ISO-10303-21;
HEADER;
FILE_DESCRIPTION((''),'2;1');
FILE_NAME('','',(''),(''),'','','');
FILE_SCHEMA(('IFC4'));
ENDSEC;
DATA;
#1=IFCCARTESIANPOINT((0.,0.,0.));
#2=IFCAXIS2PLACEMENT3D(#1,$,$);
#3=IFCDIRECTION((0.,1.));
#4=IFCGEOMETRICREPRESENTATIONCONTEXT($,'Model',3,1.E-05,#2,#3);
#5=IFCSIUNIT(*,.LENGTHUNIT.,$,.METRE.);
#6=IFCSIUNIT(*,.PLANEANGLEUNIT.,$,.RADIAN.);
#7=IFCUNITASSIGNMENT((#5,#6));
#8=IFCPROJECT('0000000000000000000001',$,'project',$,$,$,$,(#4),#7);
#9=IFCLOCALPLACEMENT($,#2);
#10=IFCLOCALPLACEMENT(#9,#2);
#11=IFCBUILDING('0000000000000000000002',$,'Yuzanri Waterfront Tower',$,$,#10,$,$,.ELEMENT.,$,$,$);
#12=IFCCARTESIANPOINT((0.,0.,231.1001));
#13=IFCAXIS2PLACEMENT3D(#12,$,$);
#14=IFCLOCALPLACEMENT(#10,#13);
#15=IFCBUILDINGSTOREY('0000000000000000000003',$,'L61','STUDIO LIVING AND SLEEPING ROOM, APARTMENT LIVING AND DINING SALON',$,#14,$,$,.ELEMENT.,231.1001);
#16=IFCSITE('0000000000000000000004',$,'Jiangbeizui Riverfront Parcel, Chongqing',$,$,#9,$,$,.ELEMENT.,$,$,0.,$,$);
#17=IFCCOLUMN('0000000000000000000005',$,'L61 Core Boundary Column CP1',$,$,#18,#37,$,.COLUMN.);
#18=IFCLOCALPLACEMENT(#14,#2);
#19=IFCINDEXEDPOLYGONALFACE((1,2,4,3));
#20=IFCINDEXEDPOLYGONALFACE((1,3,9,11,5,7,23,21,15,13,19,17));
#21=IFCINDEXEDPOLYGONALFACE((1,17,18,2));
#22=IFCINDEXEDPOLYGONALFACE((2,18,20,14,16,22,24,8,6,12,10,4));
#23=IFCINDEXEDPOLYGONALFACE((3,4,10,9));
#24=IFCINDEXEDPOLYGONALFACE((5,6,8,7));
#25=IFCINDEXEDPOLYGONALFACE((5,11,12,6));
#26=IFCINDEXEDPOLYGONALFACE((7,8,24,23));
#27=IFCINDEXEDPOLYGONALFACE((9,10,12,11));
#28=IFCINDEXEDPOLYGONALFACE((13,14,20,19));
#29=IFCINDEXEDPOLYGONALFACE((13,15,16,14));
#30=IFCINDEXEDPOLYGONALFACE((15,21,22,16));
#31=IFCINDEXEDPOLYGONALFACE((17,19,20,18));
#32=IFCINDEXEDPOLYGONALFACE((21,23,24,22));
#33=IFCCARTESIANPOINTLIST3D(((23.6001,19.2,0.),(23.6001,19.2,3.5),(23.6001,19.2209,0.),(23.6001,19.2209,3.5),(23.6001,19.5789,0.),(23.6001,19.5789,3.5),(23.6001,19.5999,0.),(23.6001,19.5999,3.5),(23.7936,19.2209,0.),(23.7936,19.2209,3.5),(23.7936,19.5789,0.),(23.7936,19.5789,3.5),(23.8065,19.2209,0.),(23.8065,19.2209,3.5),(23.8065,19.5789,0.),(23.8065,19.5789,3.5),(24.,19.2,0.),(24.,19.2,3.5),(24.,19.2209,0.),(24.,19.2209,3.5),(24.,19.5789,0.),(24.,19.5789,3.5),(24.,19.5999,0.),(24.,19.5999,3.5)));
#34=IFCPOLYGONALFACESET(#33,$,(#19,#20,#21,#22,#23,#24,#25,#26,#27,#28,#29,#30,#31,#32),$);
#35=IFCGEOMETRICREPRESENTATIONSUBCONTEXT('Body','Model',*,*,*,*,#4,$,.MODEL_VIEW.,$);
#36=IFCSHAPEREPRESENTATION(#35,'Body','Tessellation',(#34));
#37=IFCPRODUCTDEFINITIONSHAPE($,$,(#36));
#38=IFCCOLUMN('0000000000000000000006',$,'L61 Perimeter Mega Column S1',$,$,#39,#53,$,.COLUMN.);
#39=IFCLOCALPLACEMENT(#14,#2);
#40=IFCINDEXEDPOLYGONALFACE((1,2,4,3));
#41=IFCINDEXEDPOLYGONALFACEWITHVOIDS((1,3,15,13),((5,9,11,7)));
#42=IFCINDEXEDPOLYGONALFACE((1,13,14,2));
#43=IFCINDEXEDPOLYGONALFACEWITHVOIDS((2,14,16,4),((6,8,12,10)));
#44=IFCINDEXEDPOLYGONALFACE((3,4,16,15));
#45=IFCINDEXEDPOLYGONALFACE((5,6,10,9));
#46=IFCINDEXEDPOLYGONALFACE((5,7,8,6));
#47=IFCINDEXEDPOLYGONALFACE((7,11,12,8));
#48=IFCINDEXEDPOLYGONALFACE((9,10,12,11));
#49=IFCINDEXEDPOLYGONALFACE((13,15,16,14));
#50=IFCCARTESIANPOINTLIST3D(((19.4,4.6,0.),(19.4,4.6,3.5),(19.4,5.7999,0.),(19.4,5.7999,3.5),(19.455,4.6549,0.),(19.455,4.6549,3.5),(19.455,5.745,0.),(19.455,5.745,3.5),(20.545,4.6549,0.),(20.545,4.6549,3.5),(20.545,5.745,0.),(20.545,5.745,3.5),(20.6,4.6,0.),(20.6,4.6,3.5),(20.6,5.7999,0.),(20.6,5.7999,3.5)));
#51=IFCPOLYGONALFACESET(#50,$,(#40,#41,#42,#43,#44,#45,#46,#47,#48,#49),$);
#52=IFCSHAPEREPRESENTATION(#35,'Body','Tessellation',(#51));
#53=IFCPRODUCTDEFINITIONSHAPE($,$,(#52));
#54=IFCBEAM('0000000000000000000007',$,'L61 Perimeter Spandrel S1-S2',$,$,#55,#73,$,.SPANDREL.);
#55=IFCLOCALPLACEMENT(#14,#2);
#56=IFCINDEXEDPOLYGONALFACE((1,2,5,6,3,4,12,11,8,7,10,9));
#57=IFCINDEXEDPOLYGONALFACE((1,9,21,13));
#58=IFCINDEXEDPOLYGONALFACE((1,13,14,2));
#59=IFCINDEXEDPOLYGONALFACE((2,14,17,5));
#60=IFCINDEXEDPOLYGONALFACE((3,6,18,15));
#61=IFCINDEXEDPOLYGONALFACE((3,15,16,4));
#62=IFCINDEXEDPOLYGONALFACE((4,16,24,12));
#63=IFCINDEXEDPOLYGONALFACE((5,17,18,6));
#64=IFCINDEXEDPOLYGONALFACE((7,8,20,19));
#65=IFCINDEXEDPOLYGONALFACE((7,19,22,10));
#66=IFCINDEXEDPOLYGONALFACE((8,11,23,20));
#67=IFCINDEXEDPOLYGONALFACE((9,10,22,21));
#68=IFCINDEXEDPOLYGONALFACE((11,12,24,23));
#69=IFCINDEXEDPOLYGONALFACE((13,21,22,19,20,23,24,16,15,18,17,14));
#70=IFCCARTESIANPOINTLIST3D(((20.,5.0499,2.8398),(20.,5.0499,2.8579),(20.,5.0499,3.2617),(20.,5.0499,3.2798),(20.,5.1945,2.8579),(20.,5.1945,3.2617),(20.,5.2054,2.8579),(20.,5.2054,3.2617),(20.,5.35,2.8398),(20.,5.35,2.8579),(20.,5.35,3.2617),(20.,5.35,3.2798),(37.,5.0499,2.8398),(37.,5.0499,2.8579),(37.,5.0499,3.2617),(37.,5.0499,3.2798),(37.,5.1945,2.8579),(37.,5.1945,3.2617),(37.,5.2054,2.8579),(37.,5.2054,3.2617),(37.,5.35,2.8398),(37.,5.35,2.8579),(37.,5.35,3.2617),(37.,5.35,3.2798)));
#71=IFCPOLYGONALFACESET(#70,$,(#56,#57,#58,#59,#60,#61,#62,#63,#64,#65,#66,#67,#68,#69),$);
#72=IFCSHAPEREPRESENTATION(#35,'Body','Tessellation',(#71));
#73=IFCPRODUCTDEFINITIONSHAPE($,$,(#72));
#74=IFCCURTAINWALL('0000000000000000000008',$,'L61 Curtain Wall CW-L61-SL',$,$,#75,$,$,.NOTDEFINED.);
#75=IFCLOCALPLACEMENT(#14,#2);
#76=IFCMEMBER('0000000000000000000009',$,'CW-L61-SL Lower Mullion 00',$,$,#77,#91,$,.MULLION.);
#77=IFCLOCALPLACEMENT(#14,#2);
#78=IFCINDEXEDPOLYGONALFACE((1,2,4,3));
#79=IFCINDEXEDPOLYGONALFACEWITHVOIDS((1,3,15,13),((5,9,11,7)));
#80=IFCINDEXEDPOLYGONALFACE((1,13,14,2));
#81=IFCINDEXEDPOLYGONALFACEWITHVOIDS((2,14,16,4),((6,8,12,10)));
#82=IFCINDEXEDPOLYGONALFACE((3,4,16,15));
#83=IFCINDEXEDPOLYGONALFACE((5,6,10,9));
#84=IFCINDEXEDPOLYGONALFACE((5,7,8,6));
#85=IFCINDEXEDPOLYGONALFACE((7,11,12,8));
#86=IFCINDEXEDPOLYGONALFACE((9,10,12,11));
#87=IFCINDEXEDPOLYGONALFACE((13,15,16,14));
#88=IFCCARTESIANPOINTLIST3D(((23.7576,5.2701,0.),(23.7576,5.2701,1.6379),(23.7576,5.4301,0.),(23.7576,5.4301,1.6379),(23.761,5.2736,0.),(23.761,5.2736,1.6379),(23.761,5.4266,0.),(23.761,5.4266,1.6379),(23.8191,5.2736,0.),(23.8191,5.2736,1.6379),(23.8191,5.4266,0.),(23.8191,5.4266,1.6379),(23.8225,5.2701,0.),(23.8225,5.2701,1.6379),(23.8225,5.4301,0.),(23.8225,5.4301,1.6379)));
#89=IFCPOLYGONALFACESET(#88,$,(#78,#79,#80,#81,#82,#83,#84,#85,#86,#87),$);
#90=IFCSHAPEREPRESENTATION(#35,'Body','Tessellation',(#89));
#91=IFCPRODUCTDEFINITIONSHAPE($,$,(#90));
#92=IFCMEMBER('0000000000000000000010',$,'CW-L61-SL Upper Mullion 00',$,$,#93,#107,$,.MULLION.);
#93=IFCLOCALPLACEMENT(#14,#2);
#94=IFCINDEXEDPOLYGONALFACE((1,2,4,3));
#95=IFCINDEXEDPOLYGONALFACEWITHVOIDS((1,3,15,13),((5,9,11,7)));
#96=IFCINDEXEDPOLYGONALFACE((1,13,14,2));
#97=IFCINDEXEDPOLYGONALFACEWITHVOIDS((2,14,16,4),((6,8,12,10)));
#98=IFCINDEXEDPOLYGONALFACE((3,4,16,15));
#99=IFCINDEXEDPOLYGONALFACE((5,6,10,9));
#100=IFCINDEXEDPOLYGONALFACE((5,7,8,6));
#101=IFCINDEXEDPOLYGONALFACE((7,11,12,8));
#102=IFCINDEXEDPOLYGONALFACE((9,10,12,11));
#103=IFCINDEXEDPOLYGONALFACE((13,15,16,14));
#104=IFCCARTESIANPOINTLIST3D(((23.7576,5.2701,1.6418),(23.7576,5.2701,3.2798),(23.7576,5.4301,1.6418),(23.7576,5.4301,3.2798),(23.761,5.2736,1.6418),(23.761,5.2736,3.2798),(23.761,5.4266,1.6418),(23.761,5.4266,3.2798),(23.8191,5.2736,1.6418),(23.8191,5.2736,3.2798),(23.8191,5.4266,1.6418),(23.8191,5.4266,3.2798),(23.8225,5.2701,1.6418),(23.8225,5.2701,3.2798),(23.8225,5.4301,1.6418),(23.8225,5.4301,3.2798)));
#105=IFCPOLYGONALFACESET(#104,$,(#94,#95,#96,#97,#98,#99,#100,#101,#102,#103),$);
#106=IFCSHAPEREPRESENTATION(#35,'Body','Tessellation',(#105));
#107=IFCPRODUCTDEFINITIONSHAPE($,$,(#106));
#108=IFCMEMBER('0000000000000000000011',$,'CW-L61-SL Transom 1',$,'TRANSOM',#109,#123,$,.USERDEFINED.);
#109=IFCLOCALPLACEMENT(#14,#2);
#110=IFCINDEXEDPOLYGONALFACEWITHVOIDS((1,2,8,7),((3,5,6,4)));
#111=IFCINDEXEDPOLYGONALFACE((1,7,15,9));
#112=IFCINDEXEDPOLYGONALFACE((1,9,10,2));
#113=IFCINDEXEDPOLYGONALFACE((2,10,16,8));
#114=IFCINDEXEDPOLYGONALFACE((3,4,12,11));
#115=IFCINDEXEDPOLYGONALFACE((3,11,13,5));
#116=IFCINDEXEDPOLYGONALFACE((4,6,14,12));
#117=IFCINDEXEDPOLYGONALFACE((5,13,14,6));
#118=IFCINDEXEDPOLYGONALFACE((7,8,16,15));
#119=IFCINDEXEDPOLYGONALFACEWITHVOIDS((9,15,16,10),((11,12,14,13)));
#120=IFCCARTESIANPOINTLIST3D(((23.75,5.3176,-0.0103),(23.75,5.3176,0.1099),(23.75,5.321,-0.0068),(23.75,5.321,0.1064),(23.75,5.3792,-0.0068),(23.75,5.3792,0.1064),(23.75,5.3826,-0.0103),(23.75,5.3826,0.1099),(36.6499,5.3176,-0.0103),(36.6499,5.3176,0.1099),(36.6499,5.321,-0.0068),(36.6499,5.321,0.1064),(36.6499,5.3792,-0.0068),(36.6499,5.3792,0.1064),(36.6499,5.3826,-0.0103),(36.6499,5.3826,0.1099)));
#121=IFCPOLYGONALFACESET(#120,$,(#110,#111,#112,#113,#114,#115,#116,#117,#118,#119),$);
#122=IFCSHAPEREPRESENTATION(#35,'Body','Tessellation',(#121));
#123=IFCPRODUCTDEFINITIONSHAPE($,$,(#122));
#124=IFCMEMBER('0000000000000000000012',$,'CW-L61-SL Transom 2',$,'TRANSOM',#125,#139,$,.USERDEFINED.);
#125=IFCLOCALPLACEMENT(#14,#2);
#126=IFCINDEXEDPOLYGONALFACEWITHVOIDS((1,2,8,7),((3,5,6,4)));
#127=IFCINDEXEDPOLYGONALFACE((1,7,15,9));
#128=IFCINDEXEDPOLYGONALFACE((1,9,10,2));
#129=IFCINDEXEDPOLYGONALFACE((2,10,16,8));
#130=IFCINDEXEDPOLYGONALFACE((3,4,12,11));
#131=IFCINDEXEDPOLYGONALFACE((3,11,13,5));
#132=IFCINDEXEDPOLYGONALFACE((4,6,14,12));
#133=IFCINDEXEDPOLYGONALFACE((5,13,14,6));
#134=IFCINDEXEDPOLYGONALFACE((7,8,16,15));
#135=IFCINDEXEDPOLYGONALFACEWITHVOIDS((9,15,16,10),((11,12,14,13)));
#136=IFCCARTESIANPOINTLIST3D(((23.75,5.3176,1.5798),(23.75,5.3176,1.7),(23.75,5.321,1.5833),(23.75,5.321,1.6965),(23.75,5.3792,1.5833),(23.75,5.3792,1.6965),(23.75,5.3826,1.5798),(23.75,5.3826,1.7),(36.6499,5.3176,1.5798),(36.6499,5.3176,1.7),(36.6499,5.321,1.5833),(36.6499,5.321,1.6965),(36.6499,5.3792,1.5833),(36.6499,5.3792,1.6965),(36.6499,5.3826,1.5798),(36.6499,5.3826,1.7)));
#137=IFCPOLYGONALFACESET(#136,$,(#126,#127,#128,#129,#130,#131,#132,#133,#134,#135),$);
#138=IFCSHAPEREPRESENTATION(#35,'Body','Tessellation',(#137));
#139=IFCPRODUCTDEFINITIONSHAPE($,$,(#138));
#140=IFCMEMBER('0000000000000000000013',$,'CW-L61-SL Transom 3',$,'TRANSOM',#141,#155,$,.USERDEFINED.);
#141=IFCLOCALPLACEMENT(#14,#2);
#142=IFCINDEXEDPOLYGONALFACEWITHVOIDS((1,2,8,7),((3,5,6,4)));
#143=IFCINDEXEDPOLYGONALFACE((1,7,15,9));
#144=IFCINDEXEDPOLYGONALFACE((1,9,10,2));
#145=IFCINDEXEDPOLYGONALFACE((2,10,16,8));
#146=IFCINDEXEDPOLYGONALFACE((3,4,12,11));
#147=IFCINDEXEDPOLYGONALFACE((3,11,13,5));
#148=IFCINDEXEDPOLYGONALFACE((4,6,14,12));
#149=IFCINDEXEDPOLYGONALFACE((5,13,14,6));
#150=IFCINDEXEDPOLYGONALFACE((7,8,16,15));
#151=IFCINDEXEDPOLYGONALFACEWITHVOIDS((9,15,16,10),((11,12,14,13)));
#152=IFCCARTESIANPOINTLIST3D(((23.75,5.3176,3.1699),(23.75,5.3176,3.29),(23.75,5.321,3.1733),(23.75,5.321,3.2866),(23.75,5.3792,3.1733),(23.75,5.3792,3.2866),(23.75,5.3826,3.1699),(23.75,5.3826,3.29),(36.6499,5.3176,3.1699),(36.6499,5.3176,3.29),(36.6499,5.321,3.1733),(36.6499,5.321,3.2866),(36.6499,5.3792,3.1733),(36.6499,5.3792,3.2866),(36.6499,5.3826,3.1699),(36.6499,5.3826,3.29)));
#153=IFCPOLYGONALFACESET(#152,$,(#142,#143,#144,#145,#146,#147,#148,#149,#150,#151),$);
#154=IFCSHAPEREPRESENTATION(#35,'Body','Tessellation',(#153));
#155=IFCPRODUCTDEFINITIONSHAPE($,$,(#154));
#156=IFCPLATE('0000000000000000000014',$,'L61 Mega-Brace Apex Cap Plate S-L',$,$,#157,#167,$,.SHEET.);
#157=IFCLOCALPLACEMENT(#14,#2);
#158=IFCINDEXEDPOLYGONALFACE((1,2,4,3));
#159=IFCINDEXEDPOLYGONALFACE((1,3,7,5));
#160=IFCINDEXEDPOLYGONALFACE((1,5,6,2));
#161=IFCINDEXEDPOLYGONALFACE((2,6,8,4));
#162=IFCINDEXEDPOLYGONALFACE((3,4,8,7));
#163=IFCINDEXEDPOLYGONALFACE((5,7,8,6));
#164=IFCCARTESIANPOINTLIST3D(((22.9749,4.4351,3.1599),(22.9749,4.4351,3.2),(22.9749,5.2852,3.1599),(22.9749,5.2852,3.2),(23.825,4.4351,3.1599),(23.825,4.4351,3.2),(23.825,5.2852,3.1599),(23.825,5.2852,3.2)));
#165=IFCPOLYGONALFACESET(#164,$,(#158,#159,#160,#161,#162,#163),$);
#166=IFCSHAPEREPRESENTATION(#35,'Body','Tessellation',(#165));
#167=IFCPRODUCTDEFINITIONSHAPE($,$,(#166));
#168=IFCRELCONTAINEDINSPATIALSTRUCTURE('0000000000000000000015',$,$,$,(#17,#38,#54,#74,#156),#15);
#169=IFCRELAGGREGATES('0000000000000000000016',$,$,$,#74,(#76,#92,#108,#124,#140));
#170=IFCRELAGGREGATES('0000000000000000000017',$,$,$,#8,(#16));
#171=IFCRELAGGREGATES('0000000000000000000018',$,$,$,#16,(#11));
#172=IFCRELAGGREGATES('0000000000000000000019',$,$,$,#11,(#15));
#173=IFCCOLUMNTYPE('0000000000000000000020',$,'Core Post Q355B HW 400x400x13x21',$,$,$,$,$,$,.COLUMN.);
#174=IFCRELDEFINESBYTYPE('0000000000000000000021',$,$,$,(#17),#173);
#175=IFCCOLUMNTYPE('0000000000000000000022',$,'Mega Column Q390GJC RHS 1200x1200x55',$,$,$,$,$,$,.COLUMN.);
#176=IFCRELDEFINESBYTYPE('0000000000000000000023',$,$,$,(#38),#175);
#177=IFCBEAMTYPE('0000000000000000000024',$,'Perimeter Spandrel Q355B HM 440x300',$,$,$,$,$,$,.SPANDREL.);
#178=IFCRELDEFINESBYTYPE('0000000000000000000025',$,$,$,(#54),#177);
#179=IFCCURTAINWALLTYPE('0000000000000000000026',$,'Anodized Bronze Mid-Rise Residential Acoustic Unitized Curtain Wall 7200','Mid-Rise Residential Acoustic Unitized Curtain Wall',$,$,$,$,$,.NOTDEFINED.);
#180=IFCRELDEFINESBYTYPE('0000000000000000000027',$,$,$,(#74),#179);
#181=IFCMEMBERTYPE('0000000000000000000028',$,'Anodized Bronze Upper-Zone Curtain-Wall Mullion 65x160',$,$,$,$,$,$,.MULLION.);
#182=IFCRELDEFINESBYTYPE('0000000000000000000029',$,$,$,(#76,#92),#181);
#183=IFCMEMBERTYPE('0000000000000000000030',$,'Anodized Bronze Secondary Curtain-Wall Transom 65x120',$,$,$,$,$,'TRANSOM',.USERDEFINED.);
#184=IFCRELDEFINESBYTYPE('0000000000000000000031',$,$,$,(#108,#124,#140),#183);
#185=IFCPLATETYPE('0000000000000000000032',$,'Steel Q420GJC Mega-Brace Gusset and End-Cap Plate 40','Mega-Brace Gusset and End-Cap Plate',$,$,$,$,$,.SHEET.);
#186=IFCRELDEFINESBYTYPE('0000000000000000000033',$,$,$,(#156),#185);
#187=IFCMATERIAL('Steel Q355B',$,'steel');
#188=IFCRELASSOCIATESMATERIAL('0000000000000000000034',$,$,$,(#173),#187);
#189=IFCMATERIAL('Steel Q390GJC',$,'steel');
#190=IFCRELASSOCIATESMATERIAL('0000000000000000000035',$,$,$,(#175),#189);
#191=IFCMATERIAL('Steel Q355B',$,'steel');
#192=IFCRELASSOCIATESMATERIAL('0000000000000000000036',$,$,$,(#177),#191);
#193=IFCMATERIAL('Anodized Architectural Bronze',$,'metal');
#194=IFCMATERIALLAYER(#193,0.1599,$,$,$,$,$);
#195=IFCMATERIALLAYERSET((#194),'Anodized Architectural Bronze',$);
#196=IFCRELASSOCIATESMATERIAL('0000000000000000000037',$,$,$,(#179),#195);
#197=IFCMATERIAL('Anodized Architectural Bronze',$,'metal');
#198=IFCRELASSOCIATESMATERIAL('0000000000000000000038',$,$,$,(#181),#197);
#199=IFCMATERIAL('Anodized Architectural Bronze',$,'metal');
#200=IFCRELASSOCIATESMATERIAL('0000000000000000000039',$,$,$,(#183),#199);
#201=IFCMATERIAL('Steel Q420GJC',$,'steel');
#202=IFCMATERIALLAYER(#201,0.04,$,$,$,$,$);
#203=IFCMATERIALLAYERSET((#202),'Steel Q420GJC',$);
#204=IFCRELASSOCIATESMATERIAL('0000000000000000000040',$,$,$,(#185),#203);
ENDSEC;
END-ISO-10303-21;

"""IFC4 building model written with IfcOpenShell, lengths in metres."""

from ifc_helpers import new_model, si_unit, direction, frame, origin, origin_2d, place, context, subcontext, project, spatial, rectangle, hollow_rectangle, i_section, extrude, source, transform, mapped, material, layer, layer_set, material_profile, profile_set, type_object, element, aggregate, save


model = new_model("IFC4")

# Units and contexts
model_context = context("Model", 3, precision=1e-05, world=origin(), true_north=direction((0.0, 1.0)))
body_context = subcontext(model_context, "Body", "Model", "MODEL_VIEW")
ifc_project = project(units=[si_unit("LENGTHUNIT", "METRE"), si_unit("PLANEANGLEUNIT", "RADIAN")], contexts=[model_context])

# Site, building, storey
site_placement = place(None, origin())
site = spatial("IfcSite", under=ifc_project, at=site_placement, Name="Jiangbeizui Riverfront Parcel, Chongqing", CompositionType="ELEMENT", RefElevation=0.0)
building_placement = place(site_placement, origin())
building = spatial("IfcBuilding", under=site, at=building_placement, Name="Yuzanri Waterfront Tower", CompositionType="ELEMENT")
storey_placement = place(building_placement, frame((0.0, 0.0, 231.1001)))
storey = spatial("IfcBuildingStorey", under=building, at=storey_placement, Name="L61", Description="STUDIO LIVING AND SLEEPING ROOM, APARTMENT LIVING AND DINING SALON", CompositionType="ELEMENT", Elevation=231.1001)

# Columns
ifc_material_1 = material(Name="Steel Q355B", Category="steel")
ifc_material_profile_1 = material_profile(ifc_material_1, i_section(OverallWidth=0.3999, OverallDepth=0.3999, WebThickness=0.0129, FlangeThickness=0.021, at=origin_2d()), Name="HW 400x400x13x21")
ifc_profile_set_1 = profile_set([ifc_material_profile_1], Name="Steel Q355B")
column_type_1 = type_object("IfcColumnType", Name="Core Post Q355B HW 400x400x13x21", PredefinedType="COLUMN", material=ifc_profile_set_1)
shared_shape_1 = source(origin(), body_context, "Body", "SweptSolid", [
    extrude(i_section(OverallWidth=0.3999, OverallDepth=0.3999, WebThickness=0.0129, FlangeThickness=0.021, at=origin_2d()), origin(), (0.0, 0.0, 1.0), 3.5),
])
column_1_placement = place(storey_placement, frame((23.8, 19.3999, 0.0), z_axis=(0.0, 0.0, 1.0), x_axis=(1.0, 0.0, 0.0)))
element("IfcColumn", 1, at=column_1_placement, inside=storey, type_object=column_type_1, Name="L61 Core Boundary Column CP1", PredefinedType="COLUMN", context=body_context, shape_type="MappedRepresentation", body=[
    mapped(shared_shape_1, transform((0.0, 0.0, 0.0), scale=1.0)),
])
ifc_material_2 = material(Name="Steel Q390GJC", Category="steel")
ifc_material_profile_2 = material_profile(ifc_material_2, hollow_rectangle(XDim=1.2, YDim=1.2, WallThickness=0.0549, at=origin_2d()), Name="RHS 1200x1200x55")
ifc_profile_set_2 = profile_set([ifc_material_profile_2], Name="Steel Q390GJC")
column_type_2 = type_object("IfcColumnType", Name="Mega Column Q390GJC RHS 1200x1200x55", PredefinedType="COLUMN", material=ifc_profile_set_2)
shared_shape_2 = source(origin(), body_context, "Body", "SweptSolid", [
    extrude(hollow_rectangle(XDim=1.2, YDim=1.2, WallThickness=0.0549, at=origin_2d()), origin(), (0.0, 0.0, 1.0), 3.5),
])
column_2_placement = place(storey_placement, frame((20.0, 5.2, 0.0), z_axis=(0.0, 0.0, 1.0), x_axis=(1.0, 0.0, 0.0)))
element("IfcColumn", 2, at=column_2_placement, inside=storey, type_object=column_type_2, Name="L61 Perimeter Mega Column S1", PredefinedType="COLUMN", context=body_context, shape_type="MappedRepresentation", body=[
    mapped(shared_shape_2, transform((0.0, 0.0, 0.0), scale=1.0)),
])

# Beam
ifc_material_3 = material(Name="Steel Q355B", Category="steel")
ifc_material_profile_3 = material_profile(ifc_material_3, i_section(OverallWidth=0.3, OverallDepth=0.4399, WebThickness=0.011, FlangeThickness=0.0181, at=origin_2d()), Name="HM 440x300x11x18")
ifc_profile_set_3 = profile_set([ifc_material_profile_3], Name="Steel Q355B")
beam_type = type_object("IfcBeamType", Name="Perimeter Spandrel Q355B HM 440x300", PredefinedType="SPANDREL", material=ifc_profile_set_3)
shared_shape_3 = source(origin(), body_context, "Body", "SweptSolid", [
    extrude(i_section(OverallWidth=0.3, OverallDepth=0.4399, WebThickness=0.011, FlangeThickness=0.0181, at=origin_2d()), origin(), (0.0, 0.0, 1.0), 17.0),
])
beam_placement = place(storey_placement, frame((20.0, 5.2, 3.0598), z_axis=(1.0, 0.0, 0.0), x_axis=(0.0, 1.0, 0.0)))
element("IfcBeam", 3, at=beam_placement, inside=storey, type_object=beam_type, Name="L61 Perimeter Spandrel S1-S2", PredefinedType="SPANDREL", context=body_context, shape_type="MappedRepresentation", body=[
    mapped(shared_shape_3, transform((0.0, 0.0, 0.0), scale=1.0)),
])

# Curtain wall, members
ifc_material_4 = material(Name="Anodized Architectural Bronze", Category="metal")
ifc_layer_1 = layer(ifc_material_4, 0.1599)
ifc_layer_set_1 = layer_set([ifc_layer_1], Name="Anodized Architectural Bronze")
curtain_wall_type = type_object("IfcCurtainWallType", Name="Anodized Bronze Mid-Rise Residential Acoustic Unitized Curtain Wall 7200", Description="Mid-Rise Residential Acoustic Unitized Curtain Wall", PredefinedType="NOTDEFINED", material=ifc_layer_set_1)
curtain_wall_1_placement = place(storey_placement, origin())
curtain_wall_1 = element("IfcCurtainWall", 4, at=curtain_wall_1_placement, inside=storey, type_object=curtain_wall_type, Name="L61 Curtain Wall CW-L61-SL", PredefinedType="NOTDEFINED")
ifc_material_5 = material(Name="Anodized Architectural Bronze", Category="metal")
ifc_material_profile_4 = material_profile(ifc_material_5, hollow_rectangle(XDim=0.0649, YDim=0.1599, WallThickness=0.0034, at=origin_2d()), Name="CWM 65x160")
ifc_profile_set_4 = profile_set([ifc_material_profile_4], Name="Anodized Architectural Bronze")
member_type_1 = type_object("IfcMemberType", Name="Anodized Bronze Upper-Zone Curtain-Wall Mullion 65x160", PredefinedType="MULLION", material=ifc_profile_set_4)
shared_shape_4 = source(origin(), body_context, "Body", "SweptSolid", [
    extrude(hollow_rectangle(XDim=0.0649, YDim=0.1599, WallThickness=0.0034, at=origin_2d()), origin(), (0.0, 0.0, 1.0), 1.6379),
])
member_1_placement = place(storey_placement, frame((23.79, 5.3501, 0.0), z_axis=(0.0, 0.0, 1.0), x_axis=(1.0, 0.0, 0.0)))
member_1 = element("IfcMember", 5, at=member_1_placement, type_object=member_type_1, Name="CW-L61-SL Lower Mullion 00", PredefinedType="MULLION", context=body_context, shape_type="MappedRepresentation", body=[
    mapped(shared_shape_4, transform((0.0, 0.0, 0.0), scale=1.0)),
])
member_2_placement = place(storey_placement, frame((23.79, 5.3501, 1.6418), z_axis=(0.0, 0.0, 1.0), x_axis=(1.0, 0.0, 0.0)))
member_2 = element("IfcMember", 6, at=member_2_placement, type_object=member_type_1, Name="CW-L61-SL Upper Mullion 00", PredefinedType="MULLION", context=body_context, shape_type="MappedRepresentation", body=[
    mapped(shared_shape_4, transform((0.0, 0.0, 0.0), scale=1.0)),
])
ifc_material_6 = material(Name="Anodized Architectural Bronze", Category="metal")
ifc_material_profile_5 = material_profile(ifc_material_6, hollow_rectangle(XDim=0.0649, YDim=0.1201, WallThickness=0.0034, at=origin_2d()), Name="CWT 65x120")
ifc_profile_set_5 = profile_set([ifc_material_profile_5], Name="Anodized Architectural Bronze")
member_type_2 = type_object("IfcMemberType", Name="Anodized Bronze Secondary Curtain-Wall Transom 65x120", ElementType="TRANSOM", PredefinedType="USERDEFINED", material=ifc_profile_set_5)
shared_shape_5 = source(origin(), body_context, "Body", "SweptSolid", [
    extrude(hollow_rectangle(XDim=0.0649, YDim=0.1201, WallThickness=0.0034, at=origin_2d()), origin(), (0.0, 0.0, 1.0), 12.8999),
])
member_3_placement = place(storey_placement, frame((23.75, 5.3501, 0.0498), z_axis=(1.0, 0.0, 0.0), x_axis=(0.0, 1.0, 0.0)))
member_3 = element("IfcMember", 7, at=member_3_placement, type_object=member_type_2, Name="CW-L61-SL Transom 1", ObjectType="TRANSOM", PredefinedType="USERDEFINED", context=body_context, shape_type="MappedRepresentation", body=[
    mapped(shared_shape_5, transform((0.0, 0.0, 0.0), scale=1.0)),
])
member_4_placement = place(storey_placement, frame((23.75, 5.3501, 1.6399), z_axis=(1.0, 0.0, 0.0), x_axis=(0.0, 1.0, 0.0)))
member_4 = element("IfcMember", 8, at=member_4_placement, type_object=member_type_2, Name="CW-L61-SL Transom 2", ObjectType="TRANSOM", PredefinedType="USERDEFINED", context=body_context, shape_type="MappedRepresentation", body=[
    mapped(shared_shape_5, transform((0.0, 0.0, 0.0), scale=1.0)),
])
member_5_placement = place(storey_placement, frame((23.75, 5.3501, 3.23), z_axis=(1.0, 0.0, 0.0), x_axis=(0.0, 1.0, 0.0)))
member_5 = element("IfcMember", 9, at=member_5_placement, type_object=member_type_2, Name="CW-L61-SL Transom 3", ObjectType="TRANSOM", PredefinedType="USERDEFINED", context=body_context, shape_type="MappedRepresentation", body=[
    mapped(shared_shape_5, transform((0.0, 0.0, 0.0), scale=1.0)),
])
aggregate(curtain_wall_1, [member_1, member_2, member_3, member_4, member_5])

# Plate
ifc_material_7 = material(Name="Steel Q420GJC", Category="steel")
ifc_layer_2 = layer(ifc_material_7, 0.04)
ifc_layer_set_2 = layer_set([ifc_layer_2], Name="Steel Q420GJC")
plate_type_1 = type_object("IfcPlateType", Name="Steel Q420GJC Mega-Brace Gusset and End-Cap Plate 40", Description="Mega-Brace Gusset and End-Cap Plate", PredefinedType="SHEET", material=ifc_layer_set_2)
shared_shape_6 = source(origin(), body_context, "Body", "SweptSolid", [
    extrude(rectangle(XDim=0.8501, YDim=0.8501, at=origin_2d()), origin(), (0.0, 0.0, 1.0), 0.04),
])
plate_1_placement = place(storey_placement, frame((23.3999, 4.8601, 3.1599), z_axis=(0.0, 0.0, 1.0), x_axis=(1.0, 0.0, 0.0)))
element("IfcPlate", 10, at=plate_1_placement, inside=storey, type_object=plate_type_1, Name="L61 Mega-Brace Apex Cap Plate S-L", PredefinedType="SHEET", context=body_context, shape_type="MappedRepresentation", body=[
    mapped(shared_shape_6, transform((0.0, 0.0, 0.0), scale=1.0)),
])

save(model, "model.ifc")
